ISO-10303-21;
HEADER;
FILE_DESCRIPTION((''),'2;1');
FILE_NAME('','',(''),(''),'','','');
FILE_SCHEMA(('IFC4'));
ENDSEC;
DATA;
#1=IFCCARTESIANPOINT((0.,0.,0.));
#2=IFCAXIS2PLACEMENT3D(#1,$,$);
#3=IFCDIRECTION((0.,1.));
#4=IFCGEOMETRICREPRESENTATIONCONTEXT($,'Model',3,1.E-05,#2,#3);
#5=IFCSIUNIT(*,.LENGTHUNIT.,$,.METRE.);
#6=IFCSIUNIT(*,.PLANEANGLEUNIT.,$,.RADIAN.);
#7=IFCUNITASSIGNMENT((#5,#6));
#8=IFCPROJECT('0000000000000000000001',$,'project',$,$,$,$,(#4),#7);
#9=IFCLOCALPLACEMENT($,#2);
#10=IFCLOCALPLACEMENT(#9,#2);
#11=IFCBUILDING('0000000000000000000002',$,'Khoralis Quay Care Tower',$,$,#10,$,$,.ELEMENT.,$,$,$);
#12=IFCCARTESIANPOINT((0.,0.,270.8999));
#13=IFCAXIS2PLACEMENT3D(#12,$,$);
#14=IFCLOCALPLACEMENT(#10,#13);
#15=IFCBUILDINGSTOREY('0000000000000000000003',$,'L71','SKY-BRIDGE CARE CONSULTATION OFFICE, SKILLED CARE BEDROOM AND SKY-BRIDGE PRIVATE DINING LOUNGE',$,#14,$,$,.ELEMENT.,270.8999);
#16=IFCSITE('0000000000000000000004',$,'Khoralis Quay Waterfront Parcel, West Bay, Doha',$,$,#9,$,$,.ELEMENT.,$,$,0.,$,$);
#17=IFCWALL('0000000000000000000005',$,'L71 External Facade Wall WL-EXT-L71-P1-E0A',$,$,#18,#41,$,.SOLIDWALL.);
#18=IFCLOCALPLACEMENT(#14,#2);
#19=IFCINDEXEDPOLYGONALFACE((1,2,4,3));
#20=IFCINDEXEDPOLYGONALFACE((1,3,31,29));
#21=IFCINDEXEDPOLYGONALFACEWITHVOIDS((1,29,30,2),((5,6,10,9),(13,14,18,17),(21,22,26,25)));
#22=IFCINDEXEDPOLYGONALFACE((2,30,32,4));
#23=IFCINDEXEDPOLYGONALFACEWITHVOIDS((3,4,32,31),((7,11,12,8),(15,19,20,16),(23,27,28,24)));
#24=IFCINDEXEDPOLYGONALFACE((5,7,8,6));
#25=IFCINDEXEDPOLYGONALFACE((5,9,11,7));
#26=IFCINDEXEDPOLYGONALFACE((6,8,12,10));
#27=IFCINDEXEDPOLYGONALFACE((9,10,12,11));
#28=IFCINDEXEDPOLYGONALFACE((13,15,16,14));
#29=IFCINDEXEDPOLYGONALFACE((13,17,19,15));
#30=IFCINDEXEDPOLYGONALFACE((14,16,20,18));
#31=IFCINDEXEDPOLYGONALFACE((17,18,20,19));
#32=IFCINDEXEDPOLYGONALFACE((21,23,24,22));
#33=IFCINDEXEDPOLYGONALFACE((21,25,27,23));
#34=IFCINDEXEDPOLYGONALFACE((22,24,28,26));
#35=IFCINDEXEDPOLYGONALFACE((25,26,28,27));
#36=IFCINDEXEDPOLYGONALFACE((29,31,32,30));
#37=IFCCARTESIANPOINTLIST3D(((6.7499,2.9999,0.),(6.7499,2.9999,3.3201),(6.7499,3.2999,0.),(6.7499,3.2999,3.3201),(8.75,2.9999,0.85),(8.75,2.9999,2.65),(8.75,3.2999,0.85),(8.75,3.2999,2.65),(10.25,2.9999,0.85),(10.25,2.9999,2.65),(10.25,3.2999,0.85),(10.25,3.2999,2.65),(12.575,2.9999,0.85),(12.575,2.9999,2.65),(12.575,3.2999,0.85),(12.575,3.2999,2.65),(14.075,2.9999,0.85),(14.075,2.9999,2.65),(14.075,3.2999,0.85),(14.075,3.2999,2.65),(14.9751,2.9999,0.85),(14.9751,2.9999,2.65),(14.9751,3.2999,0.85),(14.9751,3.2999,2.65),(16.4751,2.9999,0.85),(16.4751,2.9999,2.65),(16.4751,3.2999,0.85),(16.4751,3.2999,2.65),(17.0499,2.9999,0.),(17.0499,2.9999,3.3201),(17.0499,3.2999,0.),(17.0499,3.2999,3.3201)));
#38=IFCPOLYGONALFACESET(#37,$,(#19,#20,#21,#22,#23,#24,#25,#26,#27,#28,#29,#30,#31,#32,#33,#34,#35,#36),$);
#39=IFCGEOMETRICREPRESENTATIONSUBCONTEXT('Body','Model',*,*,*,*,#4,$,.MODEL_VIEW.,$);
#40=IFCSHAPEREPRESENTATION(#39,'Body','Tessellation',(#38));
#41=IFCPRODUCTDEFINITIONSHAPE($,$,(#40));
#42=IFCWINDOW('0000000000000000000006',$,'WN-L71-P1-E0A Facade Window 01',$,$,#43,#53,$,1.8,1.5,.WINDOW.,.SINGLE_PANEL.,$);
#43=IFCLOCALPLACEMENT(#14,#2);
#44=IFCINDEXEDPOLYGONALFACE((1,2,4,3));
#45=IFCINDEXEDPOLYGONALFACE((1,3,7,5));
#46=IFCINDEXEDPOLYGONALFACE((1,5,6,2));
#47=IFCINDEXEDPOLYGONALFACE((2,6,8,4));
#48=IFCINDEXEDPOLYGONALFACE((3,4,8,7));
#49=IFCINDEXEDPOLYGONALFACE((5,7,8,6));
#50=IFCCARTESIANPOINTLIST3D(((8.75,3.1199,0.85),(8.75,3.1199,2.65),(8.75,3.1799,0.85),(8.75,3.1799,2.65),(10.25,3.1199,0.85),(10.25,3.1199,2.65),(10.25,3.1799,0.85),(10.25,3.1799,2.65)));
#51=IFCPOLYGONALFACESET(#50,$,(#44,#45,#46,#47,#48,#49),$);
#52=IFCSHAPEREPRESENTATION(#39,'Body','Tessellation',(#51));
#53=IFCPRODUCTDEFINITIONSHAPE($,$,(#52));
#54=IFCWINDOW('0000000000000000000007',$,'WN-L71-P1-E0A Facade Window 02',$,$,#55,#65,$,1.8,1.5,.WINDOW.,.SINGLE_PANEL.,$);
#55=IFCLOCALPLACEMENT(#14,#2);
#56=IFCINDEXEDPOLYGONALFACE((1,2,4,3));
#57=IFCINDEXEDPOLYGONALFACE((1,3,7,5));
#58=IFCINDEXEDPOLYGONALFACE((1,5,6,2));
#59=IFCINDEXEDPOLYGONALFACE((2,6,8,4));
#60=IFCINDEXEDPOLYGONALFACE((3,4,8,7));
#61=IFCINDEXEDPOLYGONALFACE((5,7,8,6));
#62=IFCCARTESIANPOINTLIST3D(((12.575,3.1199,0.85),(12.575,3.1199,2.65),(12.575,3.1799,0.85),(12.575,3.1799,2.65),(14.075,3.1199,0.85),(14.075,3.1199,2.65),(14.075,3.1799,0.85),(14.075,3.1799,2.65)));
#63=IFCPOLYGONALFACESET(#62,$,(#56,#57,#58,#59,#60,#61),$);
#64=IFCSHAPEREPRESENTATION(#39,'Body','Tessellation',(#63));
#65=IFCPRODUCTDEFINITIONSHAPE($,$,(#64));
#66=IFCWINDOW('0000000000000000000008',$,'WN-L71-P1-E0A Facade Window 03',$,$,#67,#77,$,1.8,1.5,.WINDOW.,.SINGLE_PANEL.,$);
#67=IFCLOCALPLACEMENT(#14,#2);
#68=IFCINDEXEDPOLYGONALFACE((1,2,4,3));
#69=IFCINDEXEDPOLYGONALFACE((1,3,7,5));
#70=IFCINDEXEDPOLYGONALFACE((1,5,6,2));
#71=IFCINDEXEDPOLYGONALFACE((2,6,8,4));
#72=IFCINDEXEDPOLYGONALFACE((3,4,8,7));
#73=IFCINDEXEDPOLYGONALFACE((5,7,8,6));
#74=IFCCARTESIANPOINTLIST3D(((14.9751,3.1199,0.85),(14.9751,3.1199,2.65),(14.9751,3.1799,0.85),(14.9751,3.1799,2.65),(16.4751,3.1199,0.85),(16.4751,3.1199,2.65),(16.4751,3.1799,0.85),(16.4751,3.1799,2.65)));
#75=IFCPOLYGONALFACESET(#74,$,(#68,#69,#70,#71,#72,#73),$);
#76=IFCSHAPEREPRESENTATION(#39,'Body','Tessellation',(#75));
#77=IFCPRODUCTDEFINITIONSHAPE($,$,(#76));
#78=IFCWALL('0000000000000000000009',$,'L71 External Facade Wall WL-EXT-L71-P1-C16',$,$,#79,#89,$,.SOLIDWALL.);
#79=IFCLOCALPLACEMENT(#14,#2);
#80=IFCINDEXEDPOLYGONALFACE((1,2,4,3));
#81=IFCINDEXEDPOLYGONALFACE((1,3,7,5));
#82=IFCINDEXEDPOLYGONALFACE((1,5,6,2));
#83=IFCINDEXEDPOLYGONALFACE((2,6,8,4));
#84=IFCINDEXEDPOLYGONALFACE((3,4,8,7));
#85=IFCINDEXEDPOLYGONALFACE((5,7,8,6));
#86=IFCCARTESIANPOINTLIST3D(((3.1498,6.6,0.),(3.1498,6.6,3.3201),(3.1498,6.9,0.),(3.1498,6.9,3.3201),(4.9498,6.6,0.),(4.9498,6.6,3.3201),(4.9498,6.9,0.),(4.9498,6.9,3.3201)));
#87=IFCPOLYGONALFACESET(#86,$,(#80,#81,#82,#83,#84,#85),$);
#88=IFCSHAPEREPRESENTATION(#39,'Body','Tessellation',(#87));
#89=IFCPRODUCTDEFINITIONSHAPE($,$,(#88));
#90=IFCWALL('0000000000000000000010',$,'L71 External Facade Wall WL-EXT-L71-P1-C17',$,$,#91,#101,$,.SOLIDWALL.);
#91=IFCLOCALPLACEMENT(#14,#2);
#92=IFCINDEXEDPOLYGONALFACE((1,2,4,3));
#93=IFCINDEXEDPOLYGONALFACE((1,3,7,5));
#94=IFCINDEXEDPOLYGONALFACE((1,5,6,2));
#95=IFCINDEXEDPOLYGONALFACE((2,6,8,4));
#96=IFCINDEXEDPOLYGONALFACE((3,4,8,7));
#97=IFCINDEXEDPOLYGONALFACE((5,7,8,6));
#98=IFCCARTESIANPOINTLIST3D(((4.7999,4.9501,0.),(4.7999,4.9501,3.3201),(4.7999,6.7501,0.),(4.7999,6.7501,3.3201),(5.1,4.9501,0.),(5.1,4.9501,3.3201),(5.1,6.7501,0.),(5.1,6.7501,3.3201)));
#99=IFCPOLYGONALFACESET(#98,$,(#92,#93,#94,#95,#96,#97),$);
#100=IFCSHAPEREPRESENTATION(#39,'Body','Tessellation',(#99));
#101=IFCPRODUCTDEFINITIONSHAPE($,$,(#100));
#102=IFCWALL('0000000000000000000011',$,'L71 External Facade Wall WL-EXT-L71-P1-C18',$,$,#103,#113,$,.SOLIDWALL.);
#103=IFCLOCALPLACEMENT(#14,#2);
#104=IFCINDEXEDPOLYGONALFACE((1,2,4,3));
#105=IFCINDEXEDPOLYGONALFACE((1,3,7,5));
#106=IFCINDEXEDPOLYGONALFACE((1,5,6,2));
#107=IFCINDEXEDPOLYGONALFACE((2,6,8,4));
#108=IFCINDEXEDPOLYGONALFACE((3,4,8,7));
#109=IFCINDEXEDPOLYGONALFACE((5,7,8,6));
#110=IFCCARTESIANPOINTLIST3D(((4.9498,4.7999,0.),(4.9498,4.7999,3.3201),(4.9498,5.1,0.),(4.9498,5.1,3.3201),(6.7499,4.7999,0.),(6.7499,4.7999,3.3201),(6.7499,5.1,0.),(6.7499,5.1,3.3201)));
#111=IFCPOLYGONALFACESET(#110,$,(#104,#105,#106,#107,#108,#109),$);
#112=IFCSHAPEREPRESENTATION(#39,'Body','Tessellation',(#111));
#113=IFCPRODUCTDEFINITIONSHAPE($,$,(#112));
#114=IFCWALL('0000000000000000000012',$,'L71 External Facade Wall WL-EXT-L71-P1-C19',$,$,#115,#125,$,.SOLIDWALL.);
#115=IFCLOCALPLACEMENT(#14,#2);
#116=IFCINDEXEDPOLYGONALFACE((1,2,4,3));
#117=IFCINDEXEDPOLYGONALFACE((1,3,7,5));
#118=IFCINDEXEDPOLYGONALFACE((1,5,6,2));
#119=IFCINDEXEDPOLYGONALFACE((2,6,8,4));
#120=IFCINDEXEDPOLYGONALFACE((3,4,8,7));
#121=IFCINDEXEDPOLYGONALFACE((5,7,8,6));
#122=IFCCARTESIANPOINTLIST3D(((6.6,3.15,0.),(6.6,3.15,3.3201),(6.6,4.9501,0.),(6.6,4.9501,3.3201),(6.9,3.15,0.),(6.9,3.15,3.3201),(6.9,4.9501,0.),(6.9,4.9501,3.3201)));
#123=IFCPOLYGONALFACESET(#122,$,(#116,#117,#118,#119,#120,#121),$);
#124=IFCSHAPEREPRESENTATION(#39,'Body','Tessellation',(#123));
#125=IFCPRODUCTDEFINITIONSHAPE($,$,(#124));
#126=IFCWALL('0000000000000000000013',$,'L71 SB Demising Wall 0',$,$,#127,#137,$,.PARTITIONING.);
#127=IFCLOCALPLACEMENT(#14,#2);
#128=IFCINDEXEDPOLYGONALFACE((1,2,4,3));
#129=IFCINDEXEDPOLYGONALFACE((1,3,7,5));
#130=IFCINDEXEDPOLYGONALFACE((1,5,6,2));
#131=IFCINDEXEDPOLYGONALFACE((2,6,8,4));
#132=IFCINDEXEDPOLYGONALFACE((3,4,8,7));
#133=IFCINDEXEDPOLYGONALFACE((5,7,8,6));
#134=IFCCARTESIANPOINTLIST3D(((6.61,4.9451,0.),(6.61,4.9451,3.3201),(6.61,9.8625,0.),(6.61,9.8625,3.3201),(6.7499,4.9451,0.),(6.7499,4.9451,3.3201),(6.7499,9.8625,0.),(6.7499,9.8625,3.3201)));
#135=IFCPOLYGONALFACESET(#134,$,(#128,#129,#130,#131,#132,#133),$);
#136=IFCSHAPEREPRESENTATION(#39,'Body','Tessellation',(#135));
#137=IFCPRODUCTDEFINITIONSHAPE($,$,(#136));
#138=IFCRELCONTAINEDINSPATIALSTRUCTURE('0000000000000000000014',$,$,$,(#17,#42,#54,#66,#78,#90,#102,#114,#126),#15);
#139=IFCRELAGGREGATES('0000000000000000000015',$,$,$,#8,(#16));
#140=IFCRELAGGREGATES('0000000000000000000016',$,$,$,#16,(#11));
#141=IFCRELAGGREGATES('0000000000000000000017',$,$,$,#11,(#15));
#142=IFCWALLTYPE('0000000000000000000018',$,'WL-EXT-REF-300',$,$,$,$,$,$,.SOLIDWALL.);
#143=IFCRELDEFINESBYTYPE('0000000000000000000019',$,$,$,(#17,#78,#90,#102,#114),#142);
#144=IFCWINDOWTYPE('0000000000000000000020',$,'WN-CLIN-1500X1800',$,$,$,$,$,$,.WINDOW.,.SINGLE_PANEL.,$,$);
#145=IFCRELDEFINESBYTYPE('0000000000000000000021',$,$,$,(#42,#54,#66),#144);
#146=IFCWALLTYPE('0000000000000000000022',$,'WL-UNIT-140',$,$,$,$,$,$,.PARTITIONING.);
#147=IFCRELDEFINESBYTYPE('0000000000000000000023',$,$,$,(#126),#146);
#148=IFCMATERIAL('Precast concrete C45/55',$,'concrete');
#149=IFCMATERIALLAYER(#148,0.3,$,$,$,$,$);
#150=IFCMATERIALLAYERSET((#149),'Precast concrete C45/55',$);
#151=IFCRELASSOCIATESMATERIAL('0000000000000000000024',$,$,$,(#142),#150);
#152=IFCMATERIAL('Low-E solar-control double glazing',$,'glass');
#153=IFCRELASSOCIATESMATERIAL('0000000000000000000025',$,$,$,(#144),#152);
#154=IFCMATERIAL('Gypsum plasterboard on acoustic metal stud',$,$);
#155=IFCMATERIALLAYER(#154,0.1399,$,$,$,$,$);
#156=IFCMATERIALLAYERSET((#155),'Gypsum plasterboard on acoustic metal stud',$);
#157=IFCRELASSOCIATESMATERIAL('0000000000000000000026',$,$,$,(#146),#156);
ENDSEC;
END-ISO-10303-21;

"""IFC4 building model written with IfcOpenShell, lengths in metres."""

from ifc_helpers import new_model, si_unit, direction, frame, frame_2d, origin, place, context, subcontext, project, spatial, rectangle, extrude, source, transform, mapped, material, layer, layer_set, type_object, element, fill, save


model = new_model("IFC4")

# Units and contexts
model_context = context("Model", 3, precision=1e-05, world=origin(), true_north=direction((0.0, 1.0)))
body_context = subcontext(model_context, "Body", "Model", "MODEL_VIEW")
ifc_project = project(units=[si_unit("LENGTHUNIT", "METRE"), si_unit("PLANEANGLEUNIT", "RADIAN")], contexts=[model_context])

# Site, building, storey
site_placement = place(None, origin())
site = spatial("IfcSite", under=ifc_project, at=site_placement, Name="Khoralis Quay Waterfront Parcel, West Bay, Doha", CompositionType="ELEMENT", RefElevation=0.0)
building_placement = place(site_placement, origin())
building = spatial("IfcBuilding", under=site, at=building_placement, Name="Khoralis Quay Care Tower", CompositionType="ELEMENT")
storey_placement = place(building_placement, frame((0.0, 0.0, 270.8999)))
storey = spatial("IfcBuildingStorey", under=building, at=storey_placement, Name="L71", Description="SKY-BRIDGE CARE CONSULTATION OFFICE, SKILLED CARE BEDROOM AND SKY-BRIDGE PRIVATE DINING LOUNGE", CompositionType="ELEMENT", Elevation=270.8999)

# Shared definitions
ifc_material_1 = material(Name="Precast concrete C45/55", Category="concrete")

# Wall, openings, windows
ifc_layer_1 = layer(ifc_material_1, 0.3)
ifc_layer_set_1 = layer_set([ifc_layer_1], Name="Precast concrete C45/55")
wall_type_1 = type_object("IfcWallType", Name="WL-EXT-REF-300", PredefinedType="SOLIDWALL", material=ifc_layer_set_1)
wall_1_placement = place(storey_placement, frame((6.75, 3.1499, 0.0), z_axis=(0.0, 0.0, 1.0), x_axis=(1.0, 0.0, 0.0)))
wall_1 = element("IfcWall", 1, at=wall_1_placement, inside=storey, type_object=wall_type_1, Name="L71 External Facade Wall WL-EXT-L71-P1-E0A", PredefinedType="SOLIDWALL", context=body_context, shape_type="SweptSolid", body=[
    extrude(rectangle(XDim=10.3, YDim=0.3, at=frame_2d((5.1499, 0.0))), origin(), (0.0, 0.0, 1.0), 3.3201),
])
opening_1_placement = place(wall_1_placement, frame((2.0, 0.0, 0.8501)))
opening_1 = element("IfcOpeningElement", 2, at=opening_1_placement, cuts=wall_1, PredefinedType="OPENING", context=body_context, shape_type="SweptSolid", body=[
    extrude(rectangle(XDim=1.5, YDim=1.8, at=frame_2d((0.75, 0.8999))), frame((0.0, 0.1602, 0.0), z_axis=(0.0, -1.0, 0.0), x_axis=(1.0, 0.0, 0.0)), (0.0, 0.0, 1.0), 0.3201),
])
opening_2_placement = place(wall_1_placement, frame((5.825, 0.0, 0.8501)))
opening_2 = element("IfcOpeningElement", 3, at=opening_2_placement, cuts=wall_1, PredefinedType="OPENING", context=body_context, shape_type="SweptSolid", body=[
    extrude(rectangle(XDim=1.5, YDim=1.8, at=frame_2d((0.75, 0.8999))), frame((0.0, 0.1602, 0.0), z_axis=(0.0, -1.0, 0.0), x_axis=(1.0, 0.0, 0.0)), (0.0, 0.0, 1.0), 0.3201),
])
opening_3_placement = place(wall_1_placement, frame((8.2251, 0.0, 0.8501)))
opening_3 = element("IfcOpeningElement", 4, at=opening_3_placement, cuts=wall_1, PredefinedType="OPENING", context=body_context, shape_type="SweptSolid", body=[
    extrude(rectangle(XDim=1.5, YDim=1.8, at=frame_2d((0.75, 0.8999))), frame((0.0, 0.1602, 0.0), z_axis=(0.0, -1.0, 0.0), x_axis=(1.0, 0.0, 0.0)), (0.0, 0.0, 1.0), 0.3201),
])
ifc_material_2 = material(Name="Low-E solar-control double glazing", Category="glass")
window_type = type_object("IfcWindowType", Name="WN-CLIN-1500X1800", PartitioningType="SINGLE_PANEL", PredefinedType="WINDOW", material=ifc_material_2)
shared_shape_1 = source(origin(), body_context, "Body", "SweptSolid", [
    extrude(rectangle(XDim=1.5, YDim=1.8, at=frame_2d((0.75, 0.8999))), frame((0.0, 0.03, 0.0), z_axis=(0.0, -1.0, 0.0), x_axis=(1.0, 0.0, 0.0)), (0.0, 0.0, 1.0), 0.0601),
])
window_1_placement = place(opening_1_placement, origin())
window_1 = element("IfcWindow", 5, at=window_1_placement, inside=storey, type_object=window_type, Name="WN-L71-P1-E0A Facade Window 01", OverallHeight=1.8, OverallWidth=1.5, PartitioningType="SINGLE_PANEL", PredefinedType="WINDOW", context=body_context, shape_type="MappedRepresentation", body=[
    mapped(shared_shape_1, transform((0.0, 0.0, 0.0), scale=1.0)),
])
fill(opening_1, window_1)
window_2_placement = place(opening_2_placement, origin())
window_2 = element("IfcWindow", 6, at=window_2_placement, inside=storey, type_object=window_type, Name="WN-L71-P1-E0A Facade Window 02", OverallHeight=1.8, OverallWidth=1.5, PartitioningType="SINGLE_PANEL", PredefinedType="WINDOW", context=body_context, shape_type="MappedRepresentation", body=[
    mapped(shared_shape_1, transform((0.0, 0.0, 0.0), scale=1.0)),
])
fill(opening_2, window_2)
window_3_placement = place(opening_3_placement, origin())
window_3 = element("IfcWindow", 7, at=window_3_placement, inside=storey, type_object=window_type, Name="WN-L71-P1-E0A Facade Window 03", OverallHeight=1.8, OverallWidth=1.5, PartitioningType="SINGLE_PANEL", PredefinedType="WINDOW", context=body_context, shape_type="MappedRepresentation", body=[
    mapped(shared_shape_1, transform((0.0, 0.0, 0.0), scale=1.0)),
])
fill(opening_3, window_3)

# Walls
for number, where, z_axis, x_axis, name in (
    (8, (3.1499, 6.75, 0.0), (0.0, 0.0, 1.0), (1.0, 0.0, 0.0), "L71 External Facade Wall WL-EXT-L71-P1-C16"),
    (9, (4.95, 6.75, 0.0), (0.0, 0.0, 1.0), (0.0, -1.0, 0.0), "L71 External Facade Wall WL-EXT-L71-P1-C17"),
    (10, (4.95, 4.95, 0.0), (0.0, 0.0, 1.0), (1.0, 0.0, 0.0), "L71 External Facade Wall WL-EXT-L71-P1-C18"),
    (11, (6.75, 4.95, 0.0), (0.0, 0.0, 1.0), (0.0, -1.0, 0.0), "L71 External Facade Wall WL-EXT-L71-P1-C19"),
):
    element("IfcWall", number, at=place(storey_placement, frame(where, z_axis=z_axis, x_axis=x_axis)), inside=storey, type_object=wall_type_1, Name=name, PredefinedType="SOLIDWALL", context=body_context, shape_type="SweptSolid", body=[
        extrude(rectangle(XDim=1.8, YDim=0.3, at=frame_2d((0.8999, 0.0))), origin(), (0.0, 0.0, 1.0), 3.3201),
    ])
ifc_material_3 = material(Name="Gypsum plasterboard on acoustic metal stud")
ifc_layer_2 = layer(ifc_material_3, 0.1399)
ifc_layer_set_2 = layer_set([ifc_layer_2], Name="Gypsum plasterboard on acoustic metal stud")
wall_type_2 = type_object("IfcWallType", Name="WL-UNIT-140", PredefinedType="PARTITIONING", material=ifc_layer_set_2)
wall_2_placement = place(storey_placement, frame((6.6799, 4.9451, 0.0), z_axis=(0.0, 0.0, 1.0), x_axis=(0.0, 1.0, 0.0)))
element("IfcWall", 12, at=wall_2_placement, inside=storey, type_object=wall_type_2, Name="L71 SB Demising Wall 0", PredefinedType="PARTITIONING", context=body_context, shape_type="SweptSolid", body=[
    extrude(rectangle(XDim=4.9175, YDim=0.1399, at=frame_2d((2.4587, 0.0))), origin(), (0.0, 0.0, 1.0), 3.3201),
])

save(model, "model.ifc")
